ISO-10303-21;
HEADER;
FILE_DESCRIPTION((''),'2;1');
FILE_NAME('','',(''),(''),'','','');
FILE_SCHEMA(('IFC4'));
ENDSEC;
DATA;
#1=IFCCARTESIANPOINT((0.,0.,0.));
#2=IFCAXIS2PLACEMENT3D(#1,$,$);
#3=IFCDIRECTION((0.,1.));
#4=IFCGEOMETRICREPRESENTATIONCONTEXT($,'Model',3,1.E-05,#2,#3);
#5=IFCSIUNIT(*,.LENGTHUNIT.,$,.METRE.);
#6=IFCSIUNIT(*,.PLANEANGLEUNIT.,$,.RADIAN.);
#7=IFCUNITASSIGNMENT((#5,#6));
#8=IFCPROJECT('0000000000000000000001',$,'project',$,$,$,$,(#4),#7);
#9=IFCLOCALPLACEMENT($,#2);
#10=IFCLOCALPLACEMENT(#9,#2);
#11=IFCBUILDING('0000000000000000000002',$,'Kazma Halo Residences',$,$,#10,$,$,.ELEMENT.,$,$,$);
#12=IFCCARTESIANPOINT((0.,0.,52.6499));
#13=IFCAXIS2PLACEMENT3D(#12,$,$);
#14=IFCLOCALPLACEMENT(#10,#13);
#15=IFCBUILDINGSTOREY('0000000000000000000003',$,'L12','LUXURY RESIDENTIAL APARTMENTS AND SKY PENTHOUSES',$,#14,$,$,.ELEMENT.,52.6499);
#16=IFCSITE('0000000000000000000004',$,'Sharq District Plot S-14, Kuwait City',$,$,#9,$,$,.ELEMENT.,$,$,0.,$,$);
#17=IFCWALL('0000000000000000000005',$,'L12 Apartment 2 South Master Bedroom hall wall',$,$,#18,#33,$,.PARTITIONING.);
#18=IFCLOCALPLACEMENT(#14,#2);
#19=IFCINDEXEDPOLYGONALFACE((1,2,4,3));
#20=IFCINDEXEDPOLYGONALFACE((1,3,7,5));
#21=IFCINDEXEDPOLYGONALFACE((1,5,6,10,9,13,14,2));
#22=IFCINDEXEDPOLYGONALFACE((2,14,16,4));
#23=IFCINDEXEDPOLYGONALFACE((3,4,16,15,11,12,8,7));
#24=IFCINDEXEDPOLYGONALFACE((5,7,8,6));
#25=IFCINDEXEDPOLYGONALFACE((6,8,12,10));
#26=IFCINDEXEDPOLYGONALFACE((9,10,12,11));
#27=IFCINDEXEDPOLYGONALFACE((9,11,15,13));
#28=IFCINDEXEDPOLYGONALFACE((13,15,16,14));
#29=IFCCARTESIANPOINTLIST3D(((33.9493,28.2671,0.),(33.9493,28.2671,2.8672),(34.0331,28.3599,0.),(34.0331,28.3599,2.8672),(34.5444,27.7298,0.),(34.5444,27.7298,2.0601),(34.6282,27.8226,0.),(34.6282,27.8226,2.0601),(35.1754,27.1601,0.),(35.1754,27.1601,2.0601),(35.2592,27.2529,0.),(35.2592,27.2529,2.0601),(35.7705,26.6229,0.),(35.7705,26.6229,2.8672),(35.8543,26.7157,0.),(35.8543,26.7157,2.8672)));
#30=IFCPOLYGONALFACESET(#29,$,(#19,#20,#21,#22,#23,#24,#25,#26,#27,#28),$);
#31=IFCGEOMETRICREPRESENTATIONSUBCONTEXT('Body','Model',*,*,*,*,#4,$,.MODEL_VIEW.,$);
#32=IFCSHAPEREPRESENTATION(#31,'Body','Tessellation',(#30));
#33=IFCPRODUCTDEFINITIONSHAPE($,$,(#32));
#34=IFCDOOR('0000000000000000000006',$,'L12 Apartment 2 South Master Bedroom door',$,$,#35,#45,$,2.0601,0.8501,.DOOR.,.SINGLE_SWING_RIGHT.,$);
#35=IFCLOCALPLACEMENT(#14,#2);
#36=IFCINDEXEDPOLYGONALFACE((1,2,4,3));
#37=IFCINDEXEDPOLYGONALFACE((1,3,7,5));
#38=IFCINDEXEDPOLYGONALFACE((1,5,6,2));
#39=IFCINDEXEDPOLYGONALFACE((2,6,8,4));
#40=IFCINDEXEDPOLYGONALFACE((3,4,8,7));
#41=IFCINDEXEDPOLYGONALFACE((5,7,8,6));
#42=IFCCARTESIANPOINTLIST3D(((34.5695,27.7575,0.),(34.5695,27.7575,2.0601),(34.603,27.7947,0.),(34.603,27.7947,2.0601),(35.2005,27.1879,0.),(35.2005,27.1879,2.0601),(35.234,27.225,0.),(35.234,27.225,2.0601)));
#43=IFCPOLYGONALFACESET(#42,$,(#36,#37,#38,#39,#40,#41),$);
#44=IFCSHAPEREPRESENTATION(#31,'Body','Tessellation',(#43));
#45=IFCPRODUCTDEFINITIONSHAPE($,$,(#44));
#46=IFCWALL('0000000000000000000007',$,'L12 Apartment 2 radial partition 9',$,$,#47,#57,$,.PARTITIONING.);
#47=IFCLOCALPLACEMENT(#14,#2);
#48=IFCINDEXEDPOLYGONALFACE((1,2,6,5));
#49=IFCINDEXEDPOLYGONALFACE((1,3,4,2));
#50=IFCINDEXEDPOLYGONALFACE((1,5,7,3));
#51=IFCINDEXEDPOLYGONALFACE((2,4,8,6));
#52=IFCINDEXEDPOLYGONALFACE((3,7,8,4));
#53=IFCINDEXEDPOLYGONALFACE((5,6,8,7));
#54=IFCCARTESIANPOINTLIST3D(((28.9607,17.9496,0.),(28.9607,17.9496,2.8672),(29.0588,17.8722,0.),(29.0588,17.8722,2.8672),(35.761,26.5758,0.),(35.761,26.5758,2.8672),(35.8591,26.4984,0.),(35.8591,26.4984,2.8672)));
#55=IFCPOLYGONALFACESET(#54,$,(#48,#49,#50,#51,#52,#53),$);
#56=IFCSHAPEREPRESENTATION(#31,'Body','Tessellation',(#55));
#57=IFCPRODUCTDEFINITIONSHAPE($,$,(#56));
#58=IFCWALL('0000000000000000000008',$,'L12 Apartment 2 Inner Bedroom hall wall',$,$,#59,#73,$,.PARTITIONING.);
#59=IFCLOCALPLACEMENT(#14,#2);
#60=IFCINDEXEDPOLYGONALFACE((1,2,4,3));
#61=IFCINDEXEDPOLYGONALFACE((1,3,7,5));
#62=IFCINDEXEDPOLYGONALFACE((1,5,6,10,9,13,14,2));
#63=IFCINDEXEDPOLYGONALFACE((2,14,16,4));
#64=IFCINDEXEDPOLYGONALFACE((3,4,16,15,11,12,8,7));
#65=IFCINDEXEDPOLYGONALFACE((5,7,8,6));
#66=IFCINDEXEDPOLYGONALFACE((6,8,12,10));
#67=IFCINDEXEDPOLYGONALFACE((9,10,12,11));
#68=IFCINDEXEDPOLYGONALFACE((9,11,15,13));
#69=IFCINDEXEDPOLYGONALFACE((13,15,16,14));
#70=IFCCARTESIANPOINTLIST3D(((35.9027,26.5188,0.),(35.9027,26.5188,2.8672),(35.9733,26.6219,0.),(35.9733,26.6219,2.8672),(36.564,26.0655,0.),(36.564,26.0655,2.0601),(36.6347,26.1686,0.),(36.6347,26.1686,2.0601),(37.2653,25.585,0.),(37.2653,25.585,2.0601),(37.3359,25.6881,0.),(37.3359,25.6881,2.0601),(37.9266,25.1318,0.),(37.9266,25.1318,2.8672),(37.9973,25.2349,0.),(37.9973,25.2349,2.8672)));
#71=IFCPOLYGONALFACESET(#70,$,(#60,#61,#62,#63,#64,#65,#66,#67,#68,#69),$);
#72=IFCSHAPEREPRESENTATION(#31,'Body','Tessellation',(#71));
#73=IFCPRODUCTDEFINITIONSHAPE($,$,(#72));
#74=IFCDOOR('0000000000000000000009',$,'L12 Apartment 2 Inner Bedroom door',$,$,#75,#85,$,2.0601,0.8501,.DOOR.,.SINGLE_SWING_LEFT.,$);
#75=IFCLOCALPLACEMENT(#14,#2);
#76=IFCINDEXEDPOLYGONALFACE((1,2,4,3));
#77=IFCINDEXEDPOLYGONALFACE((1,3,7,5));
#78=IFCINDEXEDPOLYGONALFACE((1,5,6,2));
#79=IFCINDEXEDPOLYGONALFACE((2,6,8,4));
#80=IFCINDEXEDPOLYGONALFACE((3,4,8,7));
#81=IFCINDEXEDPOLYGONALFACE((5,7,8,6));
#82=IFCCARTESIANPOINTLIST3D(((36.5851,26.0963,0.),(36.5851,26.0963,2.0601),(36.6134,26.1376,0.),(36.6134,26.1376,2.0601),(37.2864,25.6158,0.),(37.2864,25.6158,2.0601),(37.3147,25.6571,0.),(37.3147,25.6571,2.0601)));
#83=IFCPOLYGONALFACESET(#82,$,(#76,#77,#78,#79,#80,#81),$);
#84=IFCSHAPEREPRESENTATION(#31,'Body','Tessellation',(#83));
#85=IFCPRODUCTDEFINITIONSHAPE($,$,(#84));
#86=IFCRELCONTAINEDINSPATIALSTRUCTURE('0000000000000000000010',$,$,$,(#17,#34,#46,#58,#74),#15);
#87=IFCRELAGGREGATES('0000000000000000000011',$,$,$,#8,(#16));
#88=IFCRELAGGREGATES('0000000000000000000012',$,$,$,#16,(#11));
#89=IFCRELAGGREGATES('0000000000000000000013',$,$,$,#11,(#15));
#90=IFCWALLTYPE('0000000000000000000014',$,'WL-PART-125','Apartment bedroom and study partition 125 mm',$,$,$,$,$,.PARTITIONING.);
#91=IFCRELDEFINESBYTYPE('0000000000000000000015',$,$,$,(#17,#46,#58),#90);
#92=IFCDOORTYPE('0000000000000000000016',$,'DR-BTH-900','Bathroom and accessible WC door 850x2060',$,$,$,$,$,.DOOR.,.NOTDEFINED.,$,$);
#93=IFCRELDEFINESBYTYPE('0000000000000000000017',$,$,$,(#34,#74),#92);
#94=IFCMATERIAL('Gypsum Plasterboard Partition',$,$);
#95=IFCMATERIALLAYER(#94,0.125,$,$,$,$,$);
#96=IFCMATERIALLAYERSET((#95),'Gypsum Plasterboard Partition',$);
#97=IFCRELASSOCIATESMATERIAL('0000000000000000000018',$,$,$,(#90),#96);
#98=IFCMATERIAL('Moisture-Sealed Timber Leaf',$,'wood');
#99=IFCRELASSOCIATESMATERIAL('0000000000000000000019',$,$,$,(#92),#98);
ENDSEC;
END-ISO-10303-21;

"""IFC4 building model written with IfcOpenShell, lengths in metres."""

from ifc_helpers import new_model, si_unit, direction, frame, frame_2d, origin, place, context, subcontext, project, spatial, rectangle, extrude, material, layer, layer_set, type_object, element, fill, save


model = new_model("IFC4")

# Units and contexts
model_context = context("Model", 3, precision=1e-05, world=origin(), true_north=direction((0.0, 1.0)))
body_context = subcontext(model_context, "Body", "Model", "MODEL_VIEW")
ifc_project = project(units=[si_unit("LENGTHUNIT", "METRE"), si_unit("PLANEANGLEUNIT", "RADIAN")], contexts=[model_context])

# Site, building, storey
site_placement = place(None, origin())
site = spatial("IfcSite", under=ifc_project, at=site_placement, Name="Sharq District Plot S-14, Kuwait City", CompositionType="ELEMENT", RefElevation=0.0)
building_placement = place(site_placement, origin())
building = spatial("IfcBuilding", under=site, at=building_placement, Name="Kazma Halo Residences", CompositionType="ELEMENT")
storey_placement = place(building_placement, frame((0.0, 0.0, 52.6499)))
storey = spatial("IfcBuildingStorey", under=building, at=storey_placement, Name="L12", Description="LUXURY RESIDENTIAL APARTMENTS AND SKY PENTHOUSES", CompositionType="ELEMENT", Elevation=52.6499)

# Shared definitions
ifc_material_1 = material(Name="Gypsum Plasterboard Partition")
ifc_layer_1 = layer(ifc_material_1, 0.125)
ifc_layer_set_1 = layer_set([ifc_layer_1], Name="Gypsum Plasterboard Partition")
wall_type_1 = type_object("IfcWallType", Name="WL-PART-125", Description="Apartment bedroom and study partition 125 mm", PredefinedType="PARTITIONING", material=ifc_layer_set_1)

# Wall, opening, door
wall_1_placement = place(storey_placement, frame((33.9912, 28.3135, 0.0), z_axis=(0.0, 0.0, 1.0), x_axis=(0.742254, -0.670118, 0.0)))
wall_1 = element("IfcWall", 1, at=wall_1_placement, inside=storey, type_object=wall_type_1, Name="L12 Apartment 2 South Master Bedroom hall wall", PredefinedType="PARTITIONING", context=body_context, shape_type="SweptSolid", body=[
    extrude(rectangle(XDim=2.4536, YDim=0.125, at=frame_2d((1.2268, 0.0))), origin(), (0.0, 0.0, 1.0), 2.8672),
])
opening_1_placement = place(wall_1_placement, frame((0.8018, 0.0, 0.0)))
opening_1 = element("IfcOpeningElement", 2, at=opening_1_placement, cuts=wall_1, PredefinedType="OPENING", context=body_context, shape_type="SweptSolid", body=[
    extrude(rectangle(XDim=0.8501, YDim=2.0601, at=frame_2d((0.425, 1.03))), frame((0.0, 0.0725, 0.0), z_axis=(0.0, -1.0, 0.0), x_axis=(1.0, 0.0, 0.0)), (0.0, 0.0, 1.0), 0.145),
])
ifc_material_2 = material(Name="Moisture-Sealed Timber Leaf", Category="wood")
door_type_1 = type_object("IfcDoorType", Name="DR-BTH-900", Description="Bathroom and accessible WC door 850x2060", OperationType="NOTDEFINED", PredefinedType="DOOR", material=ifc_material_2)
door_1_placement = place(opening_1_placement, origin())
door_1 = element("IfcDoor", 3, at=door_1_placement, inside=storey, type_object=door_type_1, Name="L12 Apartment 2 South Master Bedroom door", OperationType="SINGLE_SWING_RIGHT", OverallHeight=2.0601, OverallWidth=0.8501, PredefinedType="DOOR", context=body_context, shape_type="SweptSolid", body=[
    extrude(rectangle(XDim=0.8501, YDim=2.0601, at=frame_2d((0.425, 1.03))), frame((0.0, 0.0249, 0.0), z_axis=(0.0, -1.0, 0.0), x_axis=(1.0, 0.0, 0.0)), (0.0, 0.0, 1.0), 0.05),
])
fill(opening_1, door_1)

# Wall
wall_2_placement = place(storey_placement, frame((35.8101, 26.5371, 0.0), z_axis=(0.0, 0.0, 1.0), x_axis=(-0.61909, -0.78532, 0.0)))
element("IfcWall", 4, at=wall_2_placement, inside=storey, type_object=wall_type_1, Name="L12 Apartment 2 radial partition 9", PredefinedType="PARTITIONING", context=body_context, shape_type="SweptSolid", body=[
    extrude(rectangle(XDim=10.9844, YDim=0.125, at=frame_2d((5.4922, 0.0))), origin(), (0.0, 0.0, 1.0), 2.8672),
])

# Wall, opening, door
wall_3_placement = place(storey_placement, frame((35.938, 26.5703, 0.0), z_axis=(0.0, 0.0, 1.0), x_axis=(0.824895, -0.565287, 0.0)))
wall_3 = element("IfcWall", 5, at=wall_3_placement, inside=storey, type_object=wall_type_1, Name="L12 Apartment 2 Inner Bedroom hall wall", PredefinedType="PARTITIONING", context=body_context, shape_type="SweptSolid", body=[
    extrude(rectangle(XDim=2.4536, YDim=0.125, at=frame_2d((1.2268, 0.0))), origin(), (0.0, 0.0, 1.0), 2.8672),
])
opening_2_placement = place(wall_3_placement, frame((0.8018, 0.0, 0.0)))
opening_2 = element("IfcOpeningElement", 6, at=opening_2_placement, cuts=wall_3, PredefinedType="OPENING", context=body_context, shape_type="SweptSolid", body=[
    extrude(rectangle(XDim=0.8501, YDim=2.0601, at=frame_2d((0.425, 1.03))), frame((0.0, 0.0725, 0.0), z_axis=(0.0, -1.0, 0.0), x_axis=(1.0, 0.0, 0.0)), (0.0, 0.0, 1.0), 0.145),
])
door_2_placement = place(opening_2_placement, origin())
door_2 = element("IfcDoor", 7, at=door_2_placement, inside=storey, type_object=door_type_1, Name="L12 Apartment 2 Inner Bedroom door", OperationType="SINGLE_SWING_LEFT", OverallHeight=2.0601, OverallWidth=0.8501, PredefinedType="DOOR", context=body_context, shape_type="SweptSolid", body=[
    extrude(rectangle(XDim=0.8501, YDim=2.0601, at=frame_2d((0.425, 1.03))), frame((0.0, 0.0249, 0.0), z_axis=(0.0, -1.0, 0.0), x_axis=(1.0, 0.0, 0.0)), (0.0, 0.0, 1.0), 0.05),
])
fill(opening_2, door_2)

save(model, "model.ifc")
